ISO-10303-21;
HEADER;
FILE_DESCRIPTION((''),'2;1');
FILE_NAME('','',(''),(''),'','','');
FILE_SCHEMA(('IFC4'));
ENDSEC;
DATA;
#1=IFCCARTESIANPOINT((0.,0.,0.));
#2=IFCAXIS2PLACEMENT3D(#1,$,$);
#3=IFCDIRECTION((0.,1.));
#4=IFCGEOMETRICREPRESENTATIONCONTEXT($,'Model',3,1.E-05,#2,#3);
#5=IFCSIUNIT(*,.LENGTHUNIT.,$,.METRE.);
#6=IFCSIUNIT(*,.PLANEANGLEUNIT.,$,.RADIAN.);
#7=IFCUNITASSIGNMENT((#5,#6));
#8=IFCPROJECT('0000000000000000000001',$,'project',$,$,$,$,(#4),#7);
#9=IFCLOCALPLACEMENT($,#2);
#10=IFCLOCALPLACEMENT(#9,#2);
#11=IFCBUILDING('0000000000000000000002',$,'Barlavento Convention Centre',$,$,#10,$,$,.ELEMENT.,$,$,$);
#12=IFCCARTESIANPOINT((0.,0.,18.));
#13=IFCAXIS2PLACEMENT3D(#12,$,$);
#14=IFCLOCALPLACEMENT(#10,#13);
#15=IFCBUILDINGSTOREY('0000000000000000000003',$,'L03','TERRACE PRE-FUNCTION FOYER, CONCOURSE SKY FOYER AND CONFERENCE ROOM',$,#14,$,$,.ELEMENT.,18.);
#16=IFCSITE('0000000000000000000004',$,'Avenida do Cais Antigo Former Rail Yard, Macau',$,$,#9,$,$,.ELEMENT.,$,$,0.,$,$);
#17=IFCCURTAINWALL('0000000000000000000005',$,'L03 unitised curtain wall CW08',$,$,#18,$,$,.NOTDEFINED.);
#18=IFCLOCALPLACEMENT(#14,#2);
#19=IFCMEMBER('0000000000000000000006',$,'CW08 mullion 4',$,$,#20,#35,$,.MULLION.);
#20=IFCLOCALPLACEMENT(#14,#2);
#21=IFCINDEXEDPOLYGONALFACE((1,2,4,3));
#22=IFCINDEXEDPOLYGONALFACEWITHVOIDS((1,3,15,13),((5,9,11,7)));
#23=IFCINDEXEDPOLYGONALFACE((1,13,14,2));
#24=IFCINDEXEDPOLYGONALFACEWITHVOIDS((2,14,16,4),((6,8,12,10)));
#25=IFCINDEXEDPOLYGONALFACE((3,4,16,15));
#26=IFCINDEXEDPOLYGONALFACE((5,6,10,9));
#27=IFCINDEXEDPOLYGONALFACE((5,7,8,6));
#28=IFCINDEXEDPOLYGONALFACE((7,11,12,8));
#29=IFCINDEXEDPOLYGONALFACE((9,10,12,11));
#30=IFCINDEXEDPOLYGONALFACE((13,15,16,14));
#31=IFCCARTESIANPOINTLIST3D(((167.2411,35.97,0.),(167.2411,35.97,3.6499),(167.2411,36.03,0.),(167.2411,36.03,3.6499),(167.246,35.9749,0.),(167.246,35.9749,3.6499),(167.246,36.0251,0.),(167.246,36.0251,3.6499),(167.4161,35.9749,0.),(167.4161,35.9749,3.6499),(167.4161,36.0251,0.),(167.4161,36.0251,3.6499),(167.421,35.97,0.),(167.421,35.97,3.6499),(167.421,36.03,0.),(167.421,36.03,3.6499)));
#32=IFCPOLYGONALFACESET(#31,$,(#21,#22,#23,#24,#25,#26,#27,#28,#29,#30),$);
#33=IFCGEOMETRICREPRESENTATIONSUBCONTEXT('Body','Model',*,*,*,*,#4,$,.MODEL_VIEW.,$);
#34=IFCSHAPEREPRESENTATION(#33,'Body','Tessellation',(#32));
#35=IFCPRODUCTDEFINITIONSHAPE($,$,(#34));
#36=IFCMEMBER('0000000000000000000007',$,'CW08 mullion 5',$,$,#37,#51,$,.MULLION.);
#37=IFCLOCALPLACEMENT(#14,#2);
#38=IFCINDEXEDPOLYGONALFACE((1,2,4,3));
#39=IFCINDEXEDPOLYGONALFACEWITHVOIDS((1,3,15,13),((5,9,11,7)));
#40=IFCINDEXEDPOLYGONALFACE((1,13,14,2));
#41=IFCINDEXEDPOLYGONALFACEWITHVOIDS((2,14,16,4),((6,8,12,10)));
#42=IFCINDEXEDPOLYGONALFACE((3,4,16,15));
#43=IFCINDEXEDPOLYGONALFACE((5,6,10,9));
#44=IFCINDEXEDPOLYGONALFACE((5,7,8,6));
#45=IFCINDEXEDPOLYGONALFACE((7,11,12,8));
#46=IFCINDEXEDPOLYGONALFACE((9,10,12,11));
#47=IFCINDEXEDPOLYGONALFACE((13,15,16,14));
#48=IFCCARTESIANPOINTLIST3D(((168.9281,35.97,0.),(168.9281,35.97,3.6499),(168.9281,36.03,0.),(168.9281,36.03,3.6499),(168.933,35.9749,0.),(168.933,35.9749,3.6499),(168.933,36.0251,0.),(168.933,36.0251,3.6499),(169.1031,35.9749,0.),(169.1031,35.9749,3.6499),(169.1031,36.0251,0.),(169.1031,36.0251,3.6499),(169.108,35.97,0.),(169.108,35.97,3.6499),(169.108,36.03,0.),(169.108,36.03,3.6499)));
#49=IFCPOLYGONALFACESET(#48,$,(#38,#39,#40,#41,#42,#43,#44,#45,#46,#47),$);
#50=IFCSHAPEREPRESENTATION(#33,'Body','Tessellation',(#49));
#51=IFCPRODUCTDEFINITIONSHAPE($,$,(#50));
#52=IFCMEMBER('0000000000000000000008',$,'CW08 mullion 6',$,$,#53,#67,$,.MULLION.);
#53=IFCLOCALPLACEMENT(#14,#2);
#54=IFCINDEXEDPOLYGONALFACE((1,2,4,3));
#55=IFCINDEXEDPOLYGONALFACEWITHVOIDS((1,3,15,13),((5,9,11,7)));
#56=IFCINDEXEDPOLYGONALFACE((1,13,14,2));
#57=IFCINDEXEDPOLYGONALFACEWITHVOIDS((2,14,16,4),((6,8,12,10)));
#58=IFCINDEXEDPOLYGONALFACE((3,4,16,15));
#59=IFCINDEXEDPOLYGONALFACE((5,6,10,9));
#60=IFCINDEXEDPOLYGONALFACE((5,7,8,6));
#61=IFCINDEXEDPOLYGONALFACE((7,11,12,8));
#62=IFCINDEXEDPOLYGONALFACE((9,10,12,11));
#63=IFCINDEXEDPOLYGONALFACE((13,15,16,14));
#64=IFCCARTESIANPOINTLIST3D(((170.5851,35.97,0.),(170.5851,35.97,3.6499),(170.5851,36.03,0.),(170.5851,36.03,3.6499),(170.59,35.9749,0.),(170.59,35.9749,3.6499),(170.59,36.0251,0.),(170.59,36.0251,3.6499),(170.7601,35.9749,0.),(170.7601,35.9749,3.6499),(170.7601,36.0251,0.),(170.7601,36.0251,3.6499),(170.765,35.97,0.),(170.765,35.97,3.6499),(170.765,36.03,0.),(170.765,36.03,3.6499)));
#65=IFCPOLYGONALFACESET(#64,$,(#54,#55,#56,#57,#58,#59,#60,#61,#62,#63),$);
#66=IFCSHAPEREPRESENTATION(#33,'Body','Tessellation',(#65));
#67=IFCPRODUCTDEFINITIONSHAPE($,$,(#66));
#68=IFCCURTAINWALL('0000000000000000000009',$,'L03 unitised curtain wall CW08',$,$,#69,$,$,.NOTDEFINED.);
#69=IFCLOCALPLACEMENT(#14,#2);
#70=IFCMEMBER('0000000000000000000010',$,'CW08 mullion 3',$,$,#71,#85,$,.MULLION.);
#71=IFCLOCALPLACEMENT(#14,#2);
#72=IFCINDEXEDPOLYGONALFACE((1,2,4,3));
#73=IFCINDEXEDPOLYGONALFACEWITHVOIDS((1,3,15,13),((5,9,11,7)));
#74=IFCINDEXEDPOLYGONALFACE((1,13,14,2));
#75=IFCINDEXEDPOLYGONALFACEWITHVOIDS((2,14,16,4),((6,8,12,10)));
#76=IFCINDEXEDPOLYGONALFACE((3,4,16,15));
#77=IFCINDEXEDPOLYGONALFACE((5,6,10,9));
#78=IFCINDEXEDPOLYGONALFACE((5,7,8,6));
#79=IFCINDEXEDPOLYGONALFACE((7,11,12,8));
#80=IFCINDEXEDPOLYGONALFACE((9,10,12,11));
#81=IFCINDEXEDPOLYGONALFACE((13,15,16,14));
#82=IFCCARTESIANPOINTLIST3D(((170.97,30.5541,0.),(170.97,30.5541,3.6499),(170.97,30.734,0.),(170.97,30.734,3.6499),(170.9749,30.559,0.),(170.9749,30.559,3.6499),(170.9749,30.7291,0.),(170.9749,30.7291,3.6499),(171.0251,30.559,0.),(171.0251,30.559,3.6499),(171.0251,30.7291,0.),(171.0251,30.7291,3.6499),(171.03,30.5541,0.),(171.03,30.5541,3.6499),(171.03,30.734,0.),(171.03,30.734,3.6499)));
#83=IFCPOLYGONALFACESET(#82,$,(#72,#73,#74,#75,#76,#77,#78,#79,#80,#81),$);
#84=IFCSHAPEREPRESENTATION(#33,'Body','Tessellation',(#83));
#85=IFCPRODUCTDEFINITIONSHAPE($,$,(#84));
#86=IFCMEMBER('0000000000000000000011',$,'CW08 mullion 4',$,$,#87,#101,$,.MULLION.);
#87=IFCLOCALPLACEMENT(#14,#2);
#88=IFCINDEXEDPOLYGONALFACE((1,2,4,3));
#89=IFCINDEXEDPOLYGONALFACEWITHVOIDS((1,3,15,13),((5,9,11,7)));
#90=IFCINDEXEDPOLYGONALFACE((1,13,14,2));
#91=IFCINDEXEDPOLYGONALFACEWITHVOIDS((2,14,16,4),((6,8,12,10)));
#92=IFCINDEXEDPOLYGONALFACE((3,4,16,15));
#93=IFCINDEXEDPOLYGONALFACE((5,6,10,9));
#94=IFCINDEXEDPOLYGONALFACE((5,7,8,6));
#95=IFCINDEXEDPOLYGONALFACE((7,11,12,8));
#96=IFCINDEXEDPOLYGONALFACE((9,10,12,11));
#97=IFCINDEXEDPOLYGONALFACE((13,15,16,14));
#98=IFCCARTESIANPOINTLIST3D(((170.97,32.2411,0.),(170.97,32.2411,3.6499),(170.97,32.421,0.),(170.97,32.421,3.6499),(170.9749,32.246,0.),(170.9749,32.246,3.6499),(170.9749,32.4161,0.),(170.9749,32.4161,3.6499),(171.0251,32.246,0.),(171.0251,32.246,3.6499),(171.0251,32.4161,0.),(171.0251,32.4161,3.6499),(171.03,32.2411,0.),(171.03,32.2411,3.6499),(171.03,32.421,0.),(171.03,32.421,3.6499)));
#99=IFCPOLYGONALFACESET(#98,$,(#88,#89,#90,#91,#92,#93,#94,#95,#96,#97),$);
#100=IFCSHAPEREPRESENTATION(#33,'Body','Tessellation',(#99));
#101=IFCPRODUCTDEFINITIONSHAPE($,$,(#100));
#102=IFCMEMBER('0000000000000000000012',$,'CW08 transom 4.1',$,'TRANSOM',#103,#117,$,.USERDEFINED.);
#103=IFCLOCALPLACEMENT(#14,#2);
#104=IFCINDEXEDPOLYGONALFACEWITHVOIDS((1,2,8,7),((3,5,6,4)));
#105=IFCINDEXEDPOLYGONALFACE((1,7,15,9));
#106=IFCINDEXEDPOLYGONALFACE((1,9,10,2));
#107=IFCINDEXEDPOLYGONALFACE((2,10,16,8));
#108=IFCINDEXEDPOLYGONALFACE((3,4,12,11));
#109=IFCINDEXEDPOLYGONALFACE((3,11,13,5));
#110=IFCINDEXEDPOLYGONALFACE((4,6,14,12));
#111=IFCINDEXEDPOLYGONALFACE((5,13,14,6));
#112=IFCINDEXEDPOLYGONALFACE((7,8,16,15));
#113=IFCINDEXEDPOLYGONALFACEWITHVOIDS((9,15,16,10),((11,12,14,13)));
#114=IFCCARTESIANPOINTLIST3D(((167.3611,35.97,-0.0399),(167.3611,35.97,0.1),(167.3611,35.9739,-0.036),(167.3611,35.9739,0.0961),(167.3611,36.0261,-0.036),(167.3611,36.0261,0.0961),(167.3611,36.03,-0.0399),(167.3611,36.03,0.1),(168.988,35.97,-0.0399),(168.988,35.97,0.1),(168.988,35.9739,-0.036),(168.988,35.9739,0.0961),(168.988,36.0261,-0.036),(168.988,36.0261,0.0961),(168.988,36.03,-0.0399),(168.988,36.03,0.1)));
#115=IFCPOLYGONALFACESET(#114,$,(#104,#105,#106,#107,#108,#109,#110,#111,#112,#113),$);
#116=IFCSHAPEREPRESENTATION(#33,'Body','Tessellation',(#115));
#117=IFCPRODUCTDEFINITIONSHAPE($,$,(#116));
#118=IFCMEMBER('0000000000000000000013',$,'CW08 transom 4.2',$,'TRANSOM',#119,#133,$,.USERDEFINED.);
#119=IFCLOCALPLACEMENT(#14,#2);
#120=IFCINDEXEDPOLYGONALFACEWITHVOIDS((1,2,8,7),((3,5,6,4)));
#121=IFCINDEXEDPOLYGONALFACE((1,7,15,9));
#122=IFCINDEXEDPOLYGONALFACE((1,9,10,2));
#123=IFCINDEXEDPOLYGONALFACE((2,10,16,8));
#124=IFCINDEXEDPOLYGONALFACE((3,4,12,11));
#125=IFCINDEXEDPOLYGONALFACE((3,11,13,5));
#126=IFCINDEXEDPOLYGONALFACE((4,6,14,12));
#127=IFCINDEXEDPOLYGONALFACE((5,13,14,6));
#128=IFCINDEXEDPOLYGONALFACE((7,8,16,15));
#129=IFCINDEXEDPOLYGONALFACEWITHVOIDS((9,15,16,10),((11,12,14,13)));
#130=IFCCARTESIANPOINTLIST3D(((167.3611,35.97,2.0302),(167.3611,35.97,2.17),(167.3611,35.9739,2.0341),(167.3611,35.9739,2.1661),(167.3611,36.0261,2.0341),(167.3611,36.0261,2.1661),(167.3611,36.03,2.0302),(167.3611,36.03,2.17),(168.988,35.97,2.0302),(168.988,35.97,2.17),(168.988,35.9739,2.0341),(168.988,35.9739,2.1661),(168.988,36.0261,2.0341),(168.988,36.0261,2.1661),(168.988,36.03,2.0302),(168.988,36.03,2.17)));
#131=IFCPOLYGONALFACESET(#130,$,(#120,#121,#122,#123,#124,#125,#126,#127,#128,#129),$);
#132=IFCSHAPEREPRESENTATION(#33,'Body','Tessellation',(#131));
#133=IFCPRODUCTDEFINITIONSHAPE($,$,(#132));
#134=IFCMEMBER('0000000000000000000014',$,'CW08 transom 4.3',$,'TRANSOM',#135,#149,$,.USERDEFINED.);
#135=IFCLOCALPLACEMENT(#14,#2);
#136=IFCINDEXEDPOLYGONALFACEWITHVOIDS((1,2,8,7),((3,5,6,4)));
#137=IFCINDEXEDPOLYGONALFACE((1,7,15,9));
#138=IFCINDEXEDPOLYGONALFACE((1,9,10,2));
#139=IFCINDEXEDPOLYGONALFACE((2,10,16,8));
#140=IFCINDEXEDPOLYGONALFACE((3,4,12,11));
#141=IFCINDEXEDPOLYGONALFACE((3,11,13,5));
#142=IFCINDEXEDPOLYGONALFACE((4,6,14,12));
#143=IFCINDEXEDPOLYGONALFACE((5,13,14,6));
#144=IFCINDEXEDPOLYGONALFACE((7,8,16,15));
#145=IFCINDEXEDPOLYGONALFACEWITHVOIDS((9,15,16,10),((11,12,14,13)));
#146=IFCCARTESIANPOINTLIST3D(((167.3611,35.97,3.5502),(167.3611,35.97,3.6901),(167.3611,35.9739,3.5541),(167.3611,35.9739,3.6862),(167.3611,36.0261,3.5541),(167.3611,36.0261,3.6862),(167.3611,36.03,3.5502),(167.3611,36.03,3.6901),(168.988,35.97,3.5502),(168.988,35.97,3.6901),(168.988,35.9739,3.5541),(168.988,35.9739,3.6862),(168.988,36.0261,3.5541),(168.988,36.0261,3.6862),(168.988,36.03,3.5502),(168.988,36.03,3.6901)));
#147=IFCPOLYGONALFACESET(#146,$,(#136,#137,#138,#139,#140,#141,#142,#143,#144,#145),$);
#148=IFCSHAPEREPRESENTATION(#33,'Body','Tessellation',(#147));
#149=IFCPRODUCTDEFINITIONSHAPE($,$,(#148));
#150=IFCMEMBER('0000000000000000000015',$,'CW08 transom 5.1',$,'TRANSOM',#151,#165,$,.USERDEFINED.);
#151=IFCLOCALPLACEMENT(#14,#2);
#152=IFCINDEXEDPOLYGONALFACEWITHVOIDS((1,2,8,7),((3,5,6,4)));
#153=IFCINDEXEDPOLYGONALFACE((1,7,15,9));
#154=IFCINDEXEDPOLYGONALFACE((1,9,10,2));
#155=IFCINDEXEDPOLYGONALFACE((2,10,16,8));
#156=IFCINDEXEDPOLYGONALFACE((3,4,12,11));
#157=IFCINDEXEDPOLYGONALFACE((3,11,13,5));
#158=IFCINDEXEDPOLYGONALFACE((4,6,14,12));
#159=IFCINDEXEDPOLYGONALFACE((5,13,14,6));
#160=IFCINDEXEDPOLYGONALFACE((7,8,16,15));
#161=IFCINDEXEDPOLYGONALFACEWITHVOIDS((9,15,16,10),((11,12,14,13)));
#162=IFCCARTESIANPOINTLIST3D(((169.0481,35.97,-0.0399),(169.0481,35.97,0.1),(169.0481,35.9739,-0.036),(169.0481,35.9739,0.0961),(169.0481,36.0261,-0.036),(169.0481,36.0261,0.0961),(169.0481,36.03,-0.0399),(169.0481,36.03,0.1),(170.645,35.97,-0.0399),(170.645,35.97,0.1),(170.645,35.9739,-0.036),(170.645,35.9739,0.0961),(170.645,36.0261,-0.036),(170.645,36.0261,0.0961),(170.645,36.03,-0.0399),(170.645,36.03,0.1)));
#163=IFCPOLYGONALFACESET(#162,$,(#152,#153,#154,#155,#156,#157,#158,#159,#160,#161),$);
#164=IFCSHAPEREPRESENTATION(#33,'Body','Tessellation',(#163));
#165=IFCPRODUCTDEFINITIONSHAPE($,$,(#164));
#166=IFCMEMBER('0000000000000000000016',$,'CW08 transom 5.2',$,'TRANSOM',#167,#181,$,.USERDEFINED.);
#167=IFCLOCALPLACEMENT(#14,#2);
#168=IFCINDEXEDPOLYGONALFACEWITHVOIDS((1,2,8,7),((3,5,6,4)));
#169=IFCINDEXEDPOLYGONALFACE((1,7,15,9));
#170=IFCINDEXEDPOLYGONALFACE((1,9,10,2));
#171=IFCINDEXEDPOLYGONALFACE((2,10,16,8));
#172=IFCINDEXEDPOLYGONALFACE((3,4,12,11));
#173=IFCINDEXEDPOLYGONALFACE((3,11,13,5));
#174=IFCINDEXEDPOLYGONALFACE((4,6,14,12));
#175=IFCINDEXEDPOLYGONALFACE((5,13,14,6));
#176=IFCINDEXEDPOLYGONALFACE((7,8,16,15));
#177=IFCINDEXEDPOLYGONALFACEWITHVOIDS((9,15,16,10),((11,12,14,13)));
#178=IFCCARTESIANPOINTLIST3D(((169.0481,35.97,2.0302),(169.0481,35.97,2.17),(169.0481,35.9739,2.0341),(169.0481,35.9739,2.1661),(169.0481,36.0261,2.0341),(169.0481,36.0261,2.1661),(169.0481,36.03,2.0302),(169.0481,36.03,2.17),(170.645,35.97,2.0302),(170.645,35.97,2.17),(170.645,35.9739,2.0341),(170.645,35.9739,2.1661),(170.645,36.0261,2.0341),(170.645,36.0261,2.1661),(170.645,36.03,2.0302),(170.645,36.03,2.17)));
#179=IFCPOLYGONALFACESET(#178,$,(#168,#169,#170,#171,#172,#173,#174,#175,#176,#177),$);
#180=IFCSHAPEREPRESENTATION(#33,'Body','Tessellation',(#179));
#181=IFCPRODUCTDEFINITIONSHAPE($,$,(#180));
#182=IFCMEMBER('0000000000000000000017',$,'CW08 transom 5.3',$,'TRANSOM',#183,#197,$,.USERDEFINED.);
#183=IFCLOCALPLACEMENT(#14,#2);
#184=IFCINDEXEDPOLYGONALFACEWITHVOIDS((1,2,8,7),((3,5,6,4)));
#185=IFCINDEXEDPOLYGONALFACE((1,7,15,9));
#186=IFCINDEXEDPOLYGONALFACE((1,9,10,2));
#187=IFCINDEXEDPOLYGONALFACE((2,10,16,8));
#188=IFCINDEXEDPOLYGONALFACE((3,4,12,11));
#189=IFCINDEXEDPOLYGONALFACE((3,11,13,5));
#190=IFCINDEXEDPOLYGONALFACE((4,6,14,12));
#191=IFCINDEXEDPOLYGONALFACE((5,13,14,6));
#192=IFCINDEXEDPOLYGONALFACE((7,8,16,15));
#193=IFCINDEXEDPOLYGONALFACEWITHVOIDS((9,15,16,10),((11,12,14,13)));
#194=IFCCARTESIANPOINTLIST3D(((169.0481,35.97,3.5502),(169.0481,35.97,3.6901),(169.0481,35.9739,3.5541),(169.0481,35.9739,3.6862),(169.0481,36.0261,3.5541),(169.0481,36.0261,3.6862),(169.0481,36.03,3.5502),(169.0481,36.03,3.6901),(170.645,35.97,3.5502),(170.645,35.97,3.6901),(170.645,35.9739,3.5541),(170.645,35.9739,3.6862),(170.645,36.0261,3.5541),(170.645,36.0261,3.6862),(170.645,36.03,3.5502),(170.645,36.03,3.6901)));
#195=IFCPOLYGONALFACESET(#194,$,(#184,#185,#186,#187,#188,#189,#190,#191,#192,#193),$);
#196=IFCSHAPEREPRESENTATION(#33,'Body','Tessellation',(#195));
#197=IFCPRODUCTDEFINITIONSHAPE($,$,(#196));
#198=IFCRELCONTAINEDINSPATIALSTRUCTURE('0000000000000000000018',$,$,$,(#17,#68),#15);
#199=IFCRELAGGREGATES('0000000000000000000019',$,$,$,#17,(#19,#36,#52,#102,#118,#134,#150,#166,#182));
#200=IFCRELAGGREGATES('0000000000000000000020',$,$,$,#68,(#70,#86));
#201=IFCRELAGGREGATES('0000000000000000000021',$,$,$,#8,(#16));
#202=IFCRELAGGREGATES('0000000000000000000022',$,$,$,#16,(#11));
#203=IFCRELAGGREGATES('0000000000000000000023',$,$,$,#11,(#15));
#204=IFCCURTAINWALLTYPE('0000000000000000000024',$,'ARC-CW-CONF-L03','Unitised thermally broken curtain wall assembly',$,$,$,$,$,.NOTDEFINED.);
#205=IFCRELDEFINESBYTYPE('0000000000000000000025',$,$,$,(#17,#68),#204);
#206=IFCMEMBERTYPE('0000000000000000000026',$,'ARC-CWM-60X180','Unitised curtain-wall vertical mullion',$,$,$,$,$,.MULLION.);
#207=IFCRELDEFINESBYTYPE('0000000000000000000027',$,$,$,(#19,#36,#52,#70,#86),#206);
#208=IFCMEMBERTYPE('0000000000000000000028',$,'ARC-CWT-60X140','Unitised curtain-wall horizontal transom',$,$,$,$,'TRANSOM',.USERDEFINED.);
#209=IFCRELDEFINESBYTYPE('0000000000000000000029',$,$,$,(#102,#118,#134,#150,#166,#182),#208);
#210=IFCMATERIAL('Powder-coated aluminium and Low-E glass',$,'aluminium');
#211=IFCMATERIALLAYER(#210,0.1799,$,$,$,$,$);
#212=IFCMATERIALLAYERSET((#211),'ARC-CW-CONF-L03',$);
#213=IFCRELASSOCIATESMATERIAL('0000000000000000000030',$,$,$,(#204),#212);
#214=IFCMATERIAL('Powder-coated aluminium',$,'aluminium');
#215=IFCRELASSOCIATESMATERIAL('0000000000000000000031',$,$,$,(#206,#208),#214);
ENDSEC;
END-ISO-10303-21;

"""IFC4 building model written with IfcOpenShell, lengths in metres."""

from ifc_helpers import new_model, si_unit, direction, frame, origin, origin_2d, place, context, subcontext, project, spatial, hollow_rectangle, extrude, material, layer, layer_set, material_profile, profile_set, type_object, element, aggregate, save


model = new_model("IFC4")

# Units and contexts
model_context = context("Model", 3, precision=1e-05, world=origin(), true_north=direction((0.0, 1.0)))
body_context = subcontext(model_context, "Body", "Model", "MODEL_VIEW")
ifc_project = project(units=[si_unit("LENGTHUNIT", "METRE"), si_unit("PLANEANGLEUNIT", "RADIAN")], contexts=[model_context])

# Site, building, storey
site_placement = place(None, origin())
site = spatial("IfcSite", under=ifc_project, at=site_placement, Name="Avenida do Cais Antigo Former Rail Yard, Macau", CompositionType="ELEMENT", RefElevation=0.0)
building_placement = place(site_placement, origin())
building = spatial("IfcBuilding", under=site, at=building_placement, Name="Barlavento Convention Centre", CompositionType="ELEMENT")
storey_placement = place(building_placement, frame((0.0, 0.0, 18.0)))
storey = spatial("IfcBuildingStorey", under=building, at=storey_placement, Name="L03", Description="TERRACE PRE-FUNCTION FOYER, CONCOURSE SKY FOYER AND CONFERENCE ROOM", CompositionType="ELEMENT", Elevation=18.0)

# Curtain walls, members
ifc_material_1 = material(Name="Powder-coated aluminium and Low-E glass", Category="aluminium")
ifc_layer_1 = layer(ifc_material_1, 0.1799)
ifc_layer_set_1 = layer_set([ifc_layer_1], Name="ARC-CW-CONF-L03")
curtain_wall_type = type_object("IfcCurtainWallType", Name="ARC-CW-CONF-L03", Description="Unitised thermally broken curtain wall assembly", PredefinedType="NOTDEFINED", material=ifc_layer_set_1)
curtain_wall_1_placement = place(storey_placement, origin())
curtain_wall_1 = element("IfcCurtainWall", 1, at=curtain_wall_1_placement, inside=storey, type_object=curtain_wall_type, Name="L03 unitised curtain wall CW08", PredefinedType="NOTDEFINED")
ifc_material_2 = material(Name="Powder-coated aluminium", Category="aluminium")
ifc_material_profile_1 = material_profile(ifc_material_2, hollow_rectangle(XDim=0.0601, YDim=0.1799, WallThickness=0.0049, at=origin_2d()), Name="AL-MULL 60x180x5")
ifc_profile_set_1 = profile_set([ifc_material_profile_1], Name="Powder-coated aluminium")
member_type_1 = type_object("IfcMemberType", Name="ARC-CWM-60X180", Description="Unitised curtain-wall vertical mullion", PredefinedType="MULLION", material=ifc_profile_set_1)
member_1_placement = place(storey_placement, frame((167.3311, 36.0, 0.0), z_axis=(0.0, 0.0, 1.0), x_axis=(0.0, 1.0, 0.0)))
member_1 = element("IfcMember", 2, at=member_1_placement, type_object=member_type_1, Name="CW08 mullion 4", PredefinedType="MULLION", context=body_context, shape_type="SweptSolid", body=[
    extrude(hollow_rectangle(XDim=0.0601, YDim=0.1799, WallThickness=0.0049, at=origin_2d()), origin(), (0.0, 0.0, 1.0), 3.6499),
])
member_2_placement = place(storey_placement, frame((169.0181, 36.0, 0.0), z_axis=(0.0, 0.0, 1.0), x_axis=(0.0, 1.0, 0.0)))
member_2 = element("IfcMember", 3, at=member_2_placement, type_object=member_type_1, Name="CW08 mullion 5", PredefinedType="MULLION", context=body_context, shape_type="SweptSolid", body=[
    extrude(hollow_rectangle(XDim=0.0601, YDim=0.1799, WallThickness=0.0049, at=origin_2d()), origin(), (0.0, 0.0, 1.0), 3.6499),
])
member_3_placement = place(storey_placement, frame((170.675, 36.0, 0.0), z_axis=(0.0, 0.0, 1.0), x_axis=(0.0, 1.0, 0.0)))
member_3 = element("IfcMember", 4, at=member_3_placement, type_object=member_type_1, Name="CW08 mullion 6", PredefinedType="MULLION", context=body_context, shape_type="SweptSolid", body=[
    extrude(hollow_rectangle(XDim=0.0601, YDim=0.1799, WallThickness=0.0049, at=origin_2d()), origin(), (0.0, 0.0, 1.0), 3.6499),
])
curtain_wall_2_placement = place(storey_placement, origin())
curtain_wall_2 = element("IfcCurtainWall", 5, at=curtain_wall_2_placement, inside=storey, type_object=curtain_wall_type, Name="L03 unitised curtain wall CW08", PredefinedType="NOTDEFINED")
member_4_placement = place(storey_placement, frame((171.0, 30.644, 0.0), z_axis=(0.0, 0.0, 1.0), x_axis=(-1.0, 0.0, 0.0)))
member_4 = element("IfcMember", 6, at=member_4_placement, type_object=member_type_1, Name="CW08 mullion 3", PredefinedType="MULLION", context=body_context, shape_type="SweptSolid", body=[
    extrude(hollow_rectangle(XDim=0.0601, YDim=0.1799, WallThickness=0.0049, at=origin_2d()), origin(), (0.0, 0.0, 1.0), 3.6499),
])
member_5_placement = place(storey_placement, frame((171.0, 32.3311, 0.0), z_axis=(0.0, 0.0, 1.0), x_axis=(-1.0, 0.0, 0.0)))
member_5 = element("IfcMember", 7, at=member_5_placement, type_object=member_type_1, Name="CW08 mullion 4", PredefinedType="MULLION", context=body_context, shape_type="SweptSolid", body=[
    extrude(hollow_rectangle(XDim=0.0601, YDim=0.1799, WallThickness=0.0049, at=origin_2d()), origin(), (0.0, 0.0, 1.0), 3.6499),
])

# Members
ifc_material_profile_2 = material_profile(ifc_material_2, hollow_rectangle(XDim=0.0601, YDim=0.1399, WallThickness=0.0039, at=origin_2d()), Name="AL-TRAN 60x140x4")
ifc_profile_set_2 = profile_set([ifc_material_profile_2], Name="Powder-coated aluminium")
member_type_2 = type_object("IfcMemberType", Name="ARC-CWT-60X140", Description="Unitised curtain-wall horizontal transom", ElementType="TRANSOM", PredefinedType="USERDEFINED", material=ifc_profile_set_2)
member_6_placement = place(storey_placement, frame((167.3611, 36.0, 0.03), z_axis=(1.0, 0.0, 0.0), x_axis=(0.0, 1.0, 0.0)))
member_6 = element("IfcMember", 8, at=member_6_placement, type_object=member_type_2, Name="CW08 transom 4.1", ObjectType="TRANSOM", PredefinedType="USERDEFINED", context=body_context, shape_type="SweptSolid", body=[
    extrude(hollow_rectangle(XDim=0.0601, YDim=0.1399, WallThickness=0.0039, at=origin_2d()), origin(), (0.0, 0.0, 1.0), 1.627),
])
member_7_placement = place(storey_placement, frame((167.3611, 36.0, 2.1001), z_axis=(1.0, 0.0, 0.0), x_axis=(0.0, 1.0, 0.0)))
member_7 = element("IfcMember", 9, at=member_7_placement, type_object=member_type_2, Name="CW08 transom 4.2", ObjectType="TRANSOM", PredefinedType="USERDEFINED", context=body_context, shape_type="SweptSolid", body=[
    extrude(hollow_rectangle(XDim=0.0601, YDim=0.1399, WallThickness=0.0039, at=origin_2d()), origin(), (0.0, 0.0, 1.0), 1.627),
])
member_8_placement = place(storey_placement, frame((167.3611, 36.0, 3.6201), z_axis=(1.0, 0.0, 0.0), x_axis=(0.0, 1.0, 0.0)))
member_8 = element("IfcMember", 10, at=member_8_placement, type_object=member_type_2, Name="CW08 transom 4.3", ObjectType="TRANSOM", PredefinedType="USERDEFINED", context=body_context, shape_type="SweptSolid", body=[
    extrude(hollow_rectangle(XDim=0.0601, YDim=0.1399, WallThickness=0.0039, at=origin_2d()), origin(), (0.0, 0.0, 1.0), 1.627),
])
member_9_placement = place(storey_placement, frame((169.0481, 36.0, 0.03), z_axis=(1.0, 0.0, 0.0), x_axis=(0.0, 1.0, 0.0)))
member_9 = element("IfcMember", 11, at=member_9_placement, type_object=member_type_2, Name="CW08 transom 5.1", ObjectType="TRANSOM", PredefinedType="USERDEFINED", context=body_context, shape_type="SweptSolid", body=[
    extrude(hollow_rectangle(XDim=0.0601, YDim=0.1399, WallThickness=0.0039, at=origin_2d()), origin(), (0.0, 0.0, 1.0), 1.5969),
])
member_10_placement = place(storey_placement, frame((169.0481, 36.0, 2.1001), z_axis=(1.0, 0.0, 0.0), x_axis=(0.0, 1.0, 0.0)))
member_10 = element("IfcMember", 12, at=member_10_placement, type_object=member_type_2, Name="CW08 transom 5.2", ObjectType="TRANSOM", PredefinedType="USERDEFINED", context=body_context, shape_type="SweptSolid", body=[
    extrude(hollow_rectangle(XDim=0.0601, YDim=0.1399, WallThickness=0.0039, at=origin_2d()), origin(), (0.0, 0.0, 1.0), 1.5969),
])
member_11_placement = place(storey_placement, frame((169.0481, 36.0, 3.6201), z_axis=(1.0, 0.0, 0.0), x_axis=(0.0, 1.0, 0.0)))
member_11 = element("IfcMember", 13, at=member_11_placement, type_object=member_type_2, Name="CW08 transom 5.3", ObjectType="TRANSOM", PredefinedType="USERDEFINED", context=body_context, shape_type="SweptSolid", body=[
    extrude(hollow_rectangle(XDim=0.0601, YDim=0.1399, WallThickness=0.0039, at=origin_2d()), origin(), (0.0, 0.0, 1.0), 1.5969),
])

aggregate(curtain_wall_1, [member_1, member_2, member_3, member_6, member_7, member_8, member_9, member_10, member_11])
aggregate(curtain_wall_2, [member_4, member_5])

save(model, "model.ifc")
